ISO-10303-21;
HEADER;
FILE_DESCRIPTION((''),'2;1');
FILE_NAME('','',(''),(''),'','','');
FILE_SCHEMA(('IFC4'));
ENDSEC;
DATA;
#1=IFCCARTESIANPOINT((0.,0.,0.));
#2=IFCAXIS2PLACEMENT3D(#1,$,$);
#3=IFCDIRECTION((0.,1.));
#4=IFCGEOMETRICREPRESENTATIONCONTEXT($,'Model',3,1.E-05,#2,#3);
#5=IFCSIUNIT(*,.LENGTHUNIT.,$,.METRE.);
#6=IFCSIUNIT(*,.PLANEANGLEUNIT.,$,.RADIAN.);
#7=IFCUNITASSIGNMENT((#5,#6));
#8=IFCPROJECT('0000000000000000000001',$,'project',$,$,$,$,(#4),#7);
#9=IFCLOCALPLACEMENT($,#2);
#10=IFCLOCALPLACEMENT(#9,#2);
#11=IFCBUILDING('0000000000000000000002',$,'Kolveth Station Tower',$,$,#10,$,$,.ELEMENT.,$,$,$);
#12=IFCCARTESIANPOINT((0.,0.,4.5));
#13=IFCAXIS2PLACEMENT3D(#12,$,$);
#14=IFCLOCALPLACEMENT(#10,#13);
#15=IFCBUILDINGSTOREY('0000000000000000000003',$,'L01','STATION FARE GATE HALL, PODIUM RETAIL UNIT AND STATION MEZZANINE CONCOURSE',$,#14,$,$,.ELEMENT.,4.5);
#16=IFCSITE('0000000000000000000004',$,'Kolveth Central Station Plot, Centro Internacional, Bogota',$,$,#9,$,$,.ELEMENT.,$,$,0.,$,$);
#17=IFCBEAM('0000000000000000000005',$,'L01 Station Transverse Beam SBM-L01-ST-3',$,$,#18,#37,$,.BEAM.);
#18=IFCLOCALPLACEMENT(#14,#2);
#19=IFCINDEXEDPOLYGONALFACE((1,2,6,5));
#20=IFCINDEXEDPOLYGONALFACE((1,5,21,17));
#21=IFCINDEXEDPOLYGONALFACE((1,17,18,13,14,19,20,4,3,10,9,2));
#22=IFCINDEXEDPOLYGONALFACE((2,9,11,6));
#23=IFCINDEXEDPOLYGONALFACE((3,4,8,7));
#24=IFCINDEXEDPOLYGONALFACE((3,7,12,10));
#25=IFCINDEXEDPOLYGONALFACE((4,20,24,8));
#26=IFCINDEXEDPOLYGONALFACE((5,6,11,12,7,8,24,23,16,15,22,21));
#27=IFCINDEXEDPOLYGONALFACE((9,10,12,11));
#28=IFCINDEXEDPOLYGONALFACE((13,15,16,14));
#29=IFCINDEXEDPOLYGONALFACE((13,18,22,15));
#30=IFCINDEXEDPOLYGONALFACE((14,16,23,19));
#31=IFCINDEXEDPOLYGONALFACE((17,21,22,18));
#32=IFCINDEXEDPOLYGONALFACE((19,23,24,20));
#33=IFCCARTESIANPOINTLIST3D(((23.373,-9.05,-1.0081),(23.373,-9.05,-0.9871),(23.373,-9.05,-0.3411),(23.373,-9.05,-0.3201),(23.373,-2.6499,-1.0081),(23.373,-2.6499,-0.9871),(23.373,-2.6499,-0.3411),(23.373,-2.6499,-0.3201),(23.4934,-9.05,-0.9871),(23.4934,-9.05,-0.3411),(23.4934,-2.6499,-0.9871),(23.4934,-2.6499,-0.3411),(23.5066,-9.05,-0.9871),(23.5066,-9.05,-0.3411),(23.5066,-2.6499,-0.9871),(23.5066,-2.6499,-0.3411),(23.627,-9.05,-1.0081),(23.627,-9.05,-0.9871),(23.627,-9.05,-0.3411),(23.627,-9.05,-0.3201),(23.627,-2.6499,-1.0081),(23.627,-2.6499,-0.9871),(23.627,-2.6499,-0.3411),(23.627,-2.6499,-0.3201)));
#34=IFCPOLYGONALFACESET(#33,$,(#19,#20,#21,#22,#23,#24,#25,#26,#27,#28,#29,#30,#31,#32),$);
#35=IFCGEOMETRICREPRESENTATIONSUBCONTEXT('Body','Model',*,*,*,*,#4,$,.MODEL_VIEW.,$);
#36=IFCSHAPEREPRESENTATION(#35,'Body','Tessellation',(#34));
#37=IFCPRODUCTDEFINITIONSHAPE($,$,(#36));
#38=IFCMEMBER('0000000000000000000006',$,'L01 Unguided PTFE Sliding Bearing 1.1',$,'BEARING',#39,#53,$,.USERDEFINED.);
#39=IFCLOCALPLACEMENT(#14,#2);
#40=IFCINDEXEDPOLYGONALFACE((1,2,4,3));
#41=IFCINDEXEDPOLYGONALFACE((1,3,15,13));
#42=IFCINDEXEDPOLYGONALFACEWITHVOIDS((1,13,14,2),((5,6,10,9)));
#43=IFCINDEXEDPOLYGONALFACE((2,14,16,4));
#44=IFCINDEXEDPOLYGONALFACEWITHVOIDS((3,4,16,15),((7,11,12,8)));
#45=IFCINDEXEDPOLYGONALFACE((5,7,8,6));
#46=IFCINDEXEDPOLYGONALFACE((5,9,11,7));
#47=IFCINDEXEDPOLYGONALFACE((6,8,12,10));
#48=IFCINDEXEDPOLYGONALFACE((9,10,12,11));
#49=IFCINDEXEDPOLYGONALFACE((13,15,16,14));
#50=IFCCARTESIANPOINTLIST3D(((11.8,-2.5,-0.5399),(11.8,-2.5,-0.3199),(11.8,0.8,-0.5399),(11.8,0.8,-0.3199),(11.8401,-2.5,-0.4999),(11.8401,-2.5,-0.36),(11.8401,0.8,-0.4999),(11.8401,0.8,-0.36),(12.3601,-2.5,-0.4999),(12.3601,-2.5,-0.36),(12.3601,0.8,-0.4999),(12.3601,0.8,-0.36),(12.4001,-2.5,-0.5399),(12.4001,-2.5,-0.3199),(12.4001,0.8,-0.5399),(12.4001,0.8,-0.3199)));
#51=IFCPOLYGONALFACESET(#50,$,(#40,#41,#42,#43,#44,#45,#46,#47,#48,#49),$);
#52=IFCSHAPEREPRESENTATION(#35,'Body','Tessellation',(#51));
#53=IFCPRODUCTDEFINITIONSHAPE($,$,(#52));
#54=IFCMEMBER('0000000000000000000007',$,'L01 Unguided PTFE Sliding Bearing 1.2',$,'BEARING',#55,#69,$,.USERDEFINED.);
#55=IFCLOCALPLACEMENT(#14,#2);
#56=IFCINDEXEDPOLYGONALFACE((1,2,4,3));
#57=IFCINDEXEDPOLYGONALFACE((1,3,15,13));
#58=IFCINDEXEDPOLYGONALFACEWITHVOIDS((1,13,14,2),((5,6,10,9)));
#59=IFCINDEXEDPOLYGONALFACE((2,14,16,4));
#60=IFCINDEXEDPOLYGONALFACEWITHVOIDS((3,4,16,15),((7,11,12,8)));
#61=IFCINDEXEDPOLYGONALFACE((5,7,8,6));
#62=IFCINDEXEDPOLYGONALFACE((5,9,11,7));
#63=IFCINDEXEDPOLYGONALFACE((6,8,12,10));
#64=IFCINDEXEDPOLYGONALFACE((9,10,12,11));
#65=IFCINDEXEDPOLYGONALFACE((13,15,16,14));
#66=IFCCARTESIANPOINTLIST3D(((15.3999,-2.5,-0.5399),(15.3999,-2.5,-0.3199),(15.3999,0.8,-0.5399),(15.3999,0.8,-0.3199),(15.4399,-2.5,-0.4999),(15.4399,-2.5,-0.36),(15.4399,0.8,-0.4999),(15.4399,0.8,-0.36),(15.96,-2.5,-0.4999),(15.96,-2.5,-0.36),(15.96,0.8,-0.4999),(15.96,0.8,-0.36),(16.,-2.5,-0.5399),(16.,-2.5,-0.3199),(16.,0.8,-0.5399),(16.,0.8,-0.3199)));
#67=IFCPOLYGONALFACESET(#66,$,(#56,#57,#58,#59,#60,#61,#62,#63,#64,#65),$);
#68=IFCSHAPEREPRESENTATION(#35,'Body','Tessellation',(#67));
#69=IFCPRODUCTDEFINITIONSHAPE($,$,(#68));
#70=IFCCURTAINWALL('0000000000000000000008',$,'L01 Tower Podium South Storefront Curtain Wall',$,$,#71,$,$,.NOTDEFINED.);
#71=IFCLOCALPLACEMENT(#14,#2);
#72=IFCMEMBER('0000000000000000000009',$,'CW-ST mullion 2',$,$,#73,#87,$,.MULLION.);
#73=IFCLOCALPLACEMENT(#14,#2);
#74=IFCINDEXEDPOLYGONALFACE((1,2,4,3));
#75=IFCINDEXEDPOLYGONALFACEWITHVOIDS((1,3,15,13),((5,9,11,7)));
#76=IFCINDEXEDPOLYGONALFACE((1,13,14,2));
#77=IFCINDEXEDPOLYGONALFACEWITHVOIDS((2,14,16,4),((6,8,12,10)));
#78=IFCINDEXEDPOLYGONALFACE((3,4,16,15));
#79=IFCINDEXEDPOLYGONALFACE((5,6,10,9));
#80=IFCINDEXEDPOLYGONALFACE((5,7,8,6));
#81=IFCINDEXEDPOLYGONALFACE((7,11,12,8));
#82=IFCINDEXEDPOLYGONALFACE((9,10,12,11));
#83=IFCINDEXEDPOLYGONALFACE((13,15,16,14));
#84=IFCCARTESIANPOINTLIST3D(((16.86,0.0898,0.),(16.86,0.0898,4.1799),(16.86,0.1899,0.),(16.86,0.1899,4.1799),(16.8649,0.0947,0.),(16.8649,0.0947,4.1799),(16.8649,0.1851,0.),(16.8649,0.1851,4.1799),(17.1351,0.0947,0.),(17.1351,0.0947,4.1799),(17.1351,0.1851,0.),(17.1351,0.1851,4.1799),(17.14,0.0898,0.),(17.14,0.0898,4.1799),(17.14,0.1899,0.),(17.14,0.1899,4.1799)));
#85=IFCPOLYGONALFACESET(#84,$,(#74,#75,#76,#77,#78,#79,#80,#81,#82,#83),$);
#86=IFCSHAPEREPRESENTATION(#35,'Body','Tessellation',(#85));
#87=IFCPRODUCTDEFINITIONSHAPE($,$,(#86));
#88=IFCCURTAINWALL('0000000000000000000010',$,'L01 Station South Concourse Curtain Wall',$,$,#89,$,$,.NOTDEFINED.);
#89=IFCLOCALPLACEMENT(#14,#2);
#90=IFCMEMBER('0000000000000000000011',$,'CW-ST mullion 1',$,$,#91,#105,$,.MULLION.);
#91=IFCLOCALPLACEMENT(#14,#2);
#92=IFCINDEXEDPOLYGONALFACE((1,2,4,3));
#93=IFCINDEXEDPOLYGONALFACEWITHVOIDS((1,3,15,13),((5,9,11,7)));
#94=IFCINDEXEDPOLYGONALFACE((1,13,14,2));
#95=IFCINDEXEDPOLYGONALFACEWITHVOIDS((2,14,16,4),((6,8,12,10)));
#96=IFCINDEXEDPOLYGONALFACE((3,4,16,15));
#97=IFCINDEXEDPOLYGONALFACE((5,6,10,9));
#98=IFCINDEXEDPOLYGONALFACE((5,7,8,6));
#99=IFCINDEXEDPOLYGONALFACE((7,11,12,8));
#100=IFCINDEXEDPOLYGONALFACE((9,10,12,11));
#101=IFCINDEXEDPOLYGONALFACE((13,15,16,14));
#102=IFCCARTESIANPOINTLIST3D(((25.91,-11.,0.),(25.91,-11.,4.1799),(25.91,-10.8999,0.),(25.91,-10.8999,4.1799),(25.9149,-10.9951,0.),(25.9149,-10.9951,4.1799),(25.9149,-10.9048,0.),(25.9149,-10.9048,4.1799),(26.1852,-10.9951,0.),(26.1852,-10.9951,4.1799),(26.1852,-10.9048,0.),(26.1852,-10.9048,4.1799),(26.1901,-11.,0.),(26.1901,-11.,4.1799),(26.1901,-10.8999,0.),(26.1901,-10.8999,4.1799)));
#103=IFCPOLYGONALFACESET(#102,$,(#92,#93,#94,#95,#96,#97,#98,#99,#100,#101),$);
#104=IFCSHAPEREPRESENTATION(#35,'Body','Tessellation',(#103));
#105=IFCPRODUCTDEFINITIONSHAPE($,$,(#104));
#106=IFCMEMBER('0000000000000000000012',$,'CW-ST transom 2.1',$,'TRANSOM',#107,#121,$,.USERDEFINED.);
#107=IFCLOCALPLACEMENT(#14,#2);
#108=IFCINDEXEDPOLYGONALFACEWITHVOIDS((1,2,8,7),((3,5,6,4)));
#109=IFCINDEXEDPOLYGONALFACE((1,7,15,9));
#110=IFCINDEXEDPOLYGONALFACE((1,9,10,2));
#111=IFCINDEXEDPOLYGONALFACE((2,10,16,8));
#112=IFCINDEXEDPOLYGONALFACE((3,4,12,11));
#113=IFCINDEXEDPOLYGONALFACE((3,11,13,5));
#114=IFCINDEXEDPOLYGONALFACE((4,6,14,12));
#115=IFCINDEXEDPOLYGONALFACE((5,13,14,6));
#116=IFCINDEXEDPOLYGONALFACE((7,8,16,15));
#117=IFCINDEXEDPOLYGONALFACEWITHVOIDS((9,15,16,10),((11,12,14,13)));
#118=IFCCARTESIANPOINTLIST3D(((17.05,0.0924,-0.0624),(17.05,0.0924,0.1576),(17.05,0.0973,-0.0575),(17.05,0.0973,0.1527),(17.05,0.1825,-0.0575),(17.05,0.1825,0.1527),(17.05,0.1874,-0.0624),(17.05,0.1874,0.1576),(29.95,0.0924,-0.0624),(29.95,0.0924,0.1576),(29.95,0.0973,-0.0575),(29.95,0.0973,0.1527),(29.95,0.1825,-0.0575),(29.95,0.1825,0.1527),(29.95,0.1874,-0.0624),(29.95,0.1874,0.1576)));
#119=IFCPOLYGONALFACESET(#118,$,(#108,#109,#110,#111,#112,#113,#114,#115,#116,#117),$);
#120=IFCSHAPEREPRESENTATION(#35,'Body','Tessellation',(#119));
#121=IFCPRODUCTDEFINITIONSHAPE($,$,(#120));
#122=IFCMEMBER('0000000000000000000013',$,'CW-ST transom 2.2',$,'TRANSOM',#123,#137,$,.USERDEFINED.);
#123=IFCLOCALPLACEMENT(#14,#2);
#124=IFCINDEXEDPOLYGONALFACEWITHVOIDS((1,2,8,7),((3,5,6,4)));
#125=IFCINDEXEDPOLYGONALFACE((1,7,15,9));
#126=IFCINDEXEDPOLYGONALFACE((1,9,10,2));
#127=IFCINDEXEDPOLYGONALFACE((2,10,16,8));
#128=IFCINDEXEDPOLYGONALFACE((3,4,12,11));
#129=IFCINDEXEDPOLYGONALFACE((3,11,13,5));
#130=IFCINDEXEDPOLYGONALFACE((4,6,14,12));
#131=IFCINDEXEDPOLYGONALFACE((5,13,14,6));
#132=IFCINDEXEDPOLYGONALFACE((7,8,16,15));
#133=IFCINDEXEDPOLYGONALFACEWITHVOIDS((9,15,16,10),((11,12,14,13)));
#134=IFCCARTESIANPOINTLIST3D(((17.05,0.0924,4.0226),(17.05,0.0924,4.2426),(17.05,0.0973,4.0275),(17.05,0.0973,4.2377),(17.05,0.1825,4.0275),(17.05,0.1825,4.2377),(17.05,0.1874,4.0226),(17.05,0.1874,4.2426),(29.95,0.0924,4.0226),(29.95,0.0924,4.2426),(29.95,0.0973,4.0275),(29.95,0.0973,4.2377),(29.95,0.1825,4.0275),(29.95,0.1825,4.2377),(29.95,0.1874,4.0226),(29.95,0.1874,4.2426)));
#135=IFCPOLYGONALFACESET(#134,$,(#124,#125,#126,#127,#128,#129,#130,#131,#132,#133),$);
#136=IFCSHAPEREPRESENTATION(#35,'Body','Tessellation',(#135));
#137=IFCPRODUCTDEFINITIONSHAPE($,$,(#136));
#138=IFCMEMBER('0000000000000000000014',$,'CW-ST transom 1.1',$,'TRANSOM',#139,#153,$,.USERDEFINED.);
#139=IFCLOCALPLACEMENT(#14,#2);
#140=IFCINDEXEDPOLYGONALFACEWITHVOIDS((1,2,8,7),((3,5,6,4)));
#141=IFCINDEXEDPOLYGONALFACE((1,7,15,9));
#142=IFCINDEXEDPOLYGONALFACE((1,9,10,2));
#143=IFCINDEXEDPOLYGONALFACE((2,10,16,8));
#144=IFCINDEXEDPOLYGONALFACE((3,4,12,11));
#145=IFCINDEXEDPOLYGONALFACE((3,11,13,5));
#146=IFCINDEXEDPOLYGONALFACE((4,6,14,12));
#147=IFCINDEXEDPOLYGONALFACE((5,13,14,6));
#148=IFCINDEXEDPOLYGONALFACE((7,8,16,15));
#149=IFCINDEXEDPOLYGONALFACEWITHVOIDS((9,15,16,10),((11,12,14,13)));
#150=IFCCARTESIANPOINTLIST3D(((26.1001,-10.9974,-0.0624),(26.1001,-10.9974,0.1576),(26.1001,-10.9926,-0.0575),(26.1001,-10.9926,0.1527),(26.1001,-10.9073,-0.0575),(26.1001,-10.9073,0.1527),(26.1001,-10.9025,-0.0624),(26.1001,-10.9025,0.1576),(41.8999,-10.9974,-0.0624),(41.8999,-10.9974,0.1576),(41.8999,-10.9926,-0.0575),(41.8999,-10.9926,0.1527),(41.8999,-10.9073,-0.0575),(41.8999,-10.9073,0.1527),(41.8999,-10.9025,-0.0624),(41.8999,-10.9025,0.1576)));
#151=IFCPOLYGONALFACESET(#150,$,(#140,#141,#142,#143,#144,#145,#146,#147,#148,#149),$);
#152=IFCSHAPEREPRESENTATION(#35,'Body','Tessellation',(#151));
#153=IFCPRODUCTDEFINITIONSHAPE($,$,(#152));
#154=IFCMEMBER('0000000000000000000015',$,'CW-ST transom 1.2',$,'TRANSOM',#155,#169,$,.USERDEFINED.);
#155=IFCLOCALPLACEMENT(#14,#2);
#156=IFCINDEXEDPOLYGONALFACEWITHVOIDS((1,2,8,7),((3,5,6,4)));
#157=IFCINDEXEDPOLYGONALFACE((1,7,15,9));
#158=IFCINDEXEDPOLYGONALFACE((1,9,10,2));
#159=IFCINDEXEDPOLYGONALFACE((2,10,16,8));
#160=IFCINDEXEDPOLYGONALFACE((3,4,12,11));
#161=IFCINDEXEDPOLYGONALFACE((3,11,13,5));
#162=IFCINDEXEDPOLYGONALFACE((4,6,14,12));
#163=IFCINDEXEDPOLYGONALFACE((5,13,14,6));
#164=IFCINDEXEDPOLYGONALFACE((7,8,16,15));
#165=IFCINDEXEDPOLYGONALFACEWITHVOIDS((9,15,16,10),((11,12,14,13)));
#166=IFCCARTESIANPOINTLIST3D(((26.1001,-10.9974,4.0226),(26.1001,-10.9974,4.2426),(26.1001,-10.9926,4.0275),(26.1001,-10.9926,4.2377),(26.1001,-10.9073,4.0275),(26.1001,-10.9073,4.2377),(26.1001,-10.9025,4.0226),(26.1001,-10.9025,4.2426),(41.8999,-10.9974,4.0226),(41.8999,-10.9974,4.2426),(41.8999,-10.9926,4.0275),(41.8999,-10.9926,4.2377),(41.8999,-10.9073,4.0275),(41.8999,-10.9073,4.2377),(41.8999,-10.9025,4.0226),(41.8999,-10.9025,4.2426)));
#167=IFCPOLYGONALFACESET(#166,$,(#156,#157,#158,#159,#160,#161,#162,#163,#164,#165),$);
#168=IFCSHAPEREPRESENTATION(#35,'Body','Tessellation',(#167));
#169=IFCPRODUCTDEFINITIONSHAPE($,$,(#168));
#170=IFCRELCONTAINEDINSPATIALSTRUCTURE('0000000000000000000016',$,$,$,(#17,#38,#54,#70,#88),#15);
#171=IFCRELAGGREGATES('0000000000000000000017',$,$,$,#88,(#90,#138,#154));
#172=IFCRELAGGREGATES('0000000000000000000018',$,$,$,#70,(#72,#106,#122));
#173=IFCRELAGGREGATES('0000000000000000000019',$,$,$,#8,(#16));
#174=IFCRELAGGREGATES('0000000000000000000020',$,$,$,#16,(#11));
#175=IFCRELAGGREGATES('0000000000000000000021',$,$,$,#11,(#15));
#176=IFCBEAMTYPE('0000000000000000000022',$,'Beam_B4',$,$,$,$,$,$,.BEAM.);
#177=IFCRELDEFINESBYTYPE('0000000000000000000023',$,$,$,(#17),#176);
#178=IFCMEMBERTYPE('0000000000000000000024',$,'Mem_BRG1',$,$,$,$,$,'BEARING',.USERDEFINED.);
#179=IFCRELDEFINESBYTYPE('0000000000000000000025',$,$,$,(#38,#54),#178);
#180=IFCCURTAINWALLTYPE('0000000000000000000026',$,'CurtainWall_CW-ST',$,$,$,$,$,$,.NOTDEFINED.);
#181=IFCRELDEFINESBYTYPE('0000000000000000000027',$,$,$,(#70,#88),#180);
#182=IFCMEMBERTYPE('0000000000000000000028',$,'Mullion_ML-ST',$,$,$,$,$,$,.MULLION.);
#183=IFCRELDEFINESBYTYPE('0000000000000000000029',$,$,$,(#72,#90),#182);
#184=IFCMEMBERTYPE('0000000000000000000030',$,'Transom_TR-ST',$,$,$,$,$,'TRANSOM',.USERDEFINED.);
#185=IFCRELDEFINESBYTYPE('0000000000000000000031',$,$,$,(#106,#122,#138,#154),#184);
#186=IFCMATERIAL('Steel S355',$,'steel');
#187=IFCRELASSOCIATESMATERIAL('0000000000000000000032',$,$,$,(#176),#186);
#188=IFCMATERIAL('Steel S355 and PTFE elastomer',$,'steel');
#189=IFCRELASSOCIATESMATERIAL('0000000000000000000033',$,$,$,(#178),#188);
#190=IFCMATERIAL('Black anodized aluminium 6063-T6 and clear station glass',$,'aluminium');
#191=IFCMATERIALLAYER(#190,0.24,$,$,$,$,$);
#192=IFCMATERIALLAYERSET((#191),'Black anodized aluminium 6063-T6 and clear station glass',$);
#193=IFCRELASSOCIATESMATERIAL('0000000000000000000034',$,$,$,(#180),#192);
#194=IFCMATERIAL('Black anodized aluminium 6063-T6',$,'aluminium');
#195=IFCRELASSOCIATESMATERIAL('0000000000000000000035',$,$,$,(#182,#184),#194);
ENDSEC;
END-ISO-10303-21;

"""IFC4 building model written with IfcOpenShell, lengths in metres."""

from ifc_helpers import new_model, si_unit, direction, frame, origin, origin_2d, place, context, subcontext, project, spatial, hollow_rectangle, i_section, extrude, source, transform, mapped, material, layer, layer_set, material_profile, profile_set, type_object, element, aggregate, save


model = new_model("IFC4")

# Units and contexts
model_context = context("Model", 3, precision=1e-05, world=origin(), true_north=direction((0.0, 1.0)))
body_context = subcontext(model_context, "Body", "Model", "MODEL_VIEW")
ifc_project = project(units=[si_unit("LENGTHUNIT", "METRE"), si_unit("PLANEANGLEUNIT", "RADIAN")], contexts=[model_context])

# Site, building, storey
site_placement = place(None, origin())
site = spatial("IfcSite", under=ifc_project, at=site_placement, Name="Kolveth Central Station Plot, Centro Internacional, Bogota", CompositionType="ELEMENT", RefElevation=0.0)
building_placement = place(site_placement, origin())
building = spatial("IfcBuilding", under=site, at=building_placement, Name="Kolveth Station Tower", CompositionType="ELEMENT")
storey_placement = place(building_placement, frame((0.0, 0.0, 4.5)))
storey = spatial("IfcBuildingStorey", under=building, at=storey_placement, Name="L01", Description="STATION FARE GATE HALL, PODIUM RETAIL UNIT AND STATION MEZZANINE CONCOURSE", CompositionType="ELEMENT", Elevation=4.5)

# Shared definitions
ifc_material_1 = material(Name="Steel S355", Category="steel")

# Beam
ifc_material_profile_1 = material_profile(ifc_material_1, i_section(OverallWidth=0.2539, OverallDepth=0.688, WebThickness=0.0132, FlangeThickness=0.021, at=origin_2d()), Name="W690x152")
ifc_profile_set_1 = profile_set([ifc_material_profile_1], Name="Steel S355")
beam_type_1 = type_object("IfcBeamType", Name="Beam_B4", PredefinedType="BEAM", material=ifc_profile_set_1)
shared_shape_1 = source(origin(), body_context, "Body", "SweptSolid", [
    extrude(i_section(OverallWidth=0.2539, OverallDepth=0.688, WebThickness=0.0132, FlangeThickness=0.021, at=origin_2d()), origin(), (0.0, 0.0, 1.0), 6.4001),
])
for number, where, z_axis, x_axis, name in (
    (1, (23.5, -9.05, -0.6641), (0.0, 1.0, 0.0), (-1.0, 0.0, 0.0), "L01 Station Transverse Beam SBM-L01-ST-3"),
):
    element("IfcBeam", number, at=place(storey_placement, frame(where, z_axis=z_axis, x_axis=x_axis)), inside=storey, type_object=beam_type_1, Name=name, PredefinedType="BEAM", context=body_context, shape_type="MappedRepresentation", body=[
        mapped(shared_shape_1, transform((0.0, 0.0, 0.0), x_axis=(1.0, 0.0, 0.0), y_axis=(0.0, 1.0, 0.0), z_axis=(0.0, 0.0, 1.0), scale=1.0)),
    ])

# Members
ifc_material_2 = material(Name="Steel S355 and PTFE elastomer", Category="steel")
ifc_material_profile_2 = material_profile(ifc_material_2, hollow_rectangle(XDim=0.6001, YDim=0.22, WallThickness=0.04, at=origin_2d()), Name="PTFE-BEARING-750x600")
ifc_profile_set_2 = profile_set([ifc_material_profile_2], Name="Steel S355 and PTFE elastomer")
member_type_1 = type_object("IfcMemberType", Name="Mem_BRG1", ElementType="BEARING", PredefinedType="USERDEFINED", material=ifc_profile_set_2)
shared_shape_2 = source(origin(), body_context, "Body", "SweptSolid", [
    extrude(hollow_rectangle(XDim=0.6001, YDim=0.22, WallThickness=0.04, at=origin_2d()), origin(), (0.0, 0.0, 1.0), 3.3),
])
for number, where, z_axis, x_axis, name in (
    (2, (12.1001, -2.5, -0.4299), (0.0, 1.0, 0.0), (-1.0, 0.0, 0.0), "L01 Unguided PTFE Sliding Bearing 1.1"),
    (3, (15.7, -2.5, -0.4299), (0.0, 1.0, 0.0), (-1.0, 0.0, 0.0), "L01 Unguided PTFE Sliding Bearing 1.2"),
):
    element("IfcMember", number, at=place(storey_placement, frame(where, z_axis=z_axis, x_axis=x_axis)), inside=storey, type_object=member_type_1, Name=name, ObjectType="BEARING", PredefinedType="USERDEFINED", context=body_context, shape_type="MappedRepresentation", body=[
        mapped(shared_shape_2, transform((0.0, 0.0, 0.0), x_axis=(1.0, 0.0, 0.0), y_axis=(0.0, 1.0, 0.0), z_axis=(0.0, 0.0, 1.0), scale=1.0)),
    ])

# Curtain walls, members
ifc_material_3 = material(Name="Black anodized aluminium 6063-T6 and clear station glass", Category="aluminium")
ifc_layer_1 = layer(ifc_material_3, 0.24)
ifc_layer_set_1 = layer_set([ifc_layer_1], Name="Black anodized aluminium 6063-T6 and clear station glass")
curtain_wall_type = type_object("IfcCurtainWallType", Name="CurtainWall_CW-ST", PredefinedType="NOTDEFINED", material=ifc_layer_set_1)
curtain_wall_1_placement = place(storey_placement, origin())
curtain_wall_1 = element("IfcCurtainWall", 4, at=curtain_wall_1_placement, inside=storey, type_object=curtain_wall_type, Name="L01 Tower Podium South Storefront Curtain Wall", PredefinedType="NOTDEFINED")
ifc_material_4 = material(Name="Black anodized aluminium 6063-T6", Category="aluminium")
ifc_material_profile_3 = material_profile(ifc_material_4, hollow_rectangle(XDim=0.1001, YDim=0.28, WallThickness=0.0049, at=origin_2d()), Name="ALU-100x280x5")
ifc_profile_set_3 = profile_set([ifc_material_profile_3], Name="Black anodized aluminium 6063-T6")
member_type_2 = type_object("IfcMemberType", Name="Mullion_ML-ST", PredefinedType="MULLION", material=ifc_profile_set_3)
shared_shape_3 = source(origin(), body_context, "Body", "SweptSolid", [
    extrude(hollow_rectangle(XDim=0.1001, YDim=0.28, WallThickness=0.0049, at=origin_2d()), origin(), (0.0, 0.0, 1.0), 4.1799),
])
member_1_placement = place(storey_placement, frame((17.0, 0.1399, 0.0), z_axis=(0.0, 0.0, 1.0), x_axis=(0.0, 1.0, 0.0)))
member_1 = element("IfcMember", 5, at=member_1_placement, type_object=member_type_2, Name="CW-ST mullion 2", PredefinedType="MULLION", context=body_context, shape_type="MappedRepresentation", body=[
    mapped(shared_shape_3, transform((0.0, 0.0, 0.0), x_axis=(1.0, 0.0, 0.0), y_axis=(0.0, 1.0, 0.0), z_axis=(0.0, 0.0, 1.0), scale=1.0)),
])
curtain_wall_2_placement = place(storey_placement, origin())
curtain_wall_2 = element("IfcCurtainWall", 6, at=curtain_wall_2_placement, inside=storey, type_object=curtain_wall_type, Name="L01 Station South Concourse Curtain Wall", PredefinedType="NOTDEFINED")
member_2_placement = place(storey_placement, frame((26.05, -10.95, 0.0), z_axis=(0.0, 0.0, 1.0), x_axis=(0.0, 1.0, 0.0)))
member_2 = element("IfcMember", 7, at=member_2_placement, type_object=member_type_2, Name="CW-ST mullion 1", PredefinedType="MULLION", context=body_context, shape_type="MappedRepresentation", body=[
    mapped(shared_shape_3, transform((0.0, 0.0, 0.0), x_axis=(1.0, 0.0, 0.0), y_axis=(0.0, 1.0, 0.0), z_axis=(0.0, 0.0, 1.0), scale=1.0)),
])

# Members
ifc_material_profile_4 = material_profile(ifc_material_4, hollow_rectangle(XDim=0.095, YDim=0.22, WallThickness=0.0049, at=origin_2d()), Name="ALU-95x220x5")
ifc_profile_set_4 = profile_set([ifc_material_profile_4], Name="Black anodized aluminium 6063-T6")
member_type_3 = type_object("IfcMemberType", Name="Transom_TR-ST", ElementType="TRANSOM", PredefinedType="USERDEFINED", material=ifc_profile_set_4)
shared_shape_4 = source(origin(), body_context, "Body", "SweptSolid", [
    extrude(hollow_rectangle(XDim=0.095, YDim=0.22, WallThickness=0.0049, at=origin_2d()), origin(), (0.0, 0.0, 1.0), 12.8999),
])
member_3_placement = place(storey_placement, frame((17.05, 0.1399, 0.0476), z_axis=(1.0, 0.0, 0.0), x_axis=(0.0, 1.0, 0.0)))
member_3 = element("IfcMember", 8, at=member_3_placement, type_object=member_type_3, Name="CW-ST transom 2.1", ObjectType="TRANSOM", PredefinedType="USERDEFINED", context=body_context, shape_type="MappedRepresentation", body=[
    mapped(shared_shape_4, transform((0.0, 0.0, 0.0), x_axis=(1.0, 0.0, 0.0), y_axis=(0.0, 1.0, 0.0), z_axis=(0.0, 0.0, 1.0), scale=1.0)),
])
member_4_placement = place(storey_placement, frame((17.05, 0.1399, 4.1326), z_axis=(1.0, 0.0, 0.0), x_axis=(0.0, 1.0, 0.0)))
member_4 = element("IfcMember", 9, at=member_4_placement, type_object=member_type_3, Name="CW-ST transom 2.2", ObjectType="TRANSOM", PredefinedType="USERDEFINED", context=body_context, shape_type="MappedRepresentation", body=[
    mapped(shared_shape_4, transform((0.0, 0.0, 0.0), x_axis=(1.0, 0.0, 0.0), y_axis=(0.0, 1.0, 0.0), z_axis=(0.0, 0.0, 1.0), scale=1.0)),
])
shared_shape_5 = source(origin(), body_context, "Body", "SweptSolid", [
    extrude(hollow_rectangle(XDim=0.095, YDim=0.22, WallThickness=0.0049, at=origin_2d()), origin(), (0.0, 0.0, 1.0), 15.7998),
])
member_5_placement = place(storey_placement, frame((26.1001, -10.95, 0.0476), z_axis=(1.0, 0.0, 0.0), x_axis=(0.0, 1.0, 0.0)))
member_5 = element("IfcMember", 10, at=member_5_placement, type_object=member_type_3, Name="CW-ST transom 1.1", ObjectType="TRANSOM", PredefinedType="USERDEFINED", context=body_context, shape_type="MappedRepresentation", body=[
    mapped(shared_shape_5, transform((0.0, 0.0, 0.0), x_axis=(1.0, 0.0, 0.0), y_axis=(0.0, 1.0, 0.0), z_axis=(0.0, 0.0, 1.0), scale=1.0)),
])
member_6_placement = place(storey_placement, frame((26.1001, -10.95, 4.1326), z_axis=(1.0, 0.0, 0.0), x_axis=(0.0, 1.0, 0.0)))
member_6 = element("IfcMember", 11, at=member_6_placement, type_object=member_type_3, Name="CW-ST transom 1.2", ObjectType="TRANSOM", PredefinedType="USERDEFINED", context=body_context, shape_type="MappedRepresentation", body=[
    mapped(shared_shape_5, transform((0.0, 0.0, 0.0), x_axis=(1.0, 0.0, 0.0), y_axis=(0.0, 1.0, 0.0), z_axis=(0.0, 0.0, 1.0), scale=1.0)),
])
aggregate(curtain_wall_2, [member_2, member_5, member_6])

aggregate(curtain_wall_1, [member_1, member_3, member_4])

save(model, "model.ifc")
